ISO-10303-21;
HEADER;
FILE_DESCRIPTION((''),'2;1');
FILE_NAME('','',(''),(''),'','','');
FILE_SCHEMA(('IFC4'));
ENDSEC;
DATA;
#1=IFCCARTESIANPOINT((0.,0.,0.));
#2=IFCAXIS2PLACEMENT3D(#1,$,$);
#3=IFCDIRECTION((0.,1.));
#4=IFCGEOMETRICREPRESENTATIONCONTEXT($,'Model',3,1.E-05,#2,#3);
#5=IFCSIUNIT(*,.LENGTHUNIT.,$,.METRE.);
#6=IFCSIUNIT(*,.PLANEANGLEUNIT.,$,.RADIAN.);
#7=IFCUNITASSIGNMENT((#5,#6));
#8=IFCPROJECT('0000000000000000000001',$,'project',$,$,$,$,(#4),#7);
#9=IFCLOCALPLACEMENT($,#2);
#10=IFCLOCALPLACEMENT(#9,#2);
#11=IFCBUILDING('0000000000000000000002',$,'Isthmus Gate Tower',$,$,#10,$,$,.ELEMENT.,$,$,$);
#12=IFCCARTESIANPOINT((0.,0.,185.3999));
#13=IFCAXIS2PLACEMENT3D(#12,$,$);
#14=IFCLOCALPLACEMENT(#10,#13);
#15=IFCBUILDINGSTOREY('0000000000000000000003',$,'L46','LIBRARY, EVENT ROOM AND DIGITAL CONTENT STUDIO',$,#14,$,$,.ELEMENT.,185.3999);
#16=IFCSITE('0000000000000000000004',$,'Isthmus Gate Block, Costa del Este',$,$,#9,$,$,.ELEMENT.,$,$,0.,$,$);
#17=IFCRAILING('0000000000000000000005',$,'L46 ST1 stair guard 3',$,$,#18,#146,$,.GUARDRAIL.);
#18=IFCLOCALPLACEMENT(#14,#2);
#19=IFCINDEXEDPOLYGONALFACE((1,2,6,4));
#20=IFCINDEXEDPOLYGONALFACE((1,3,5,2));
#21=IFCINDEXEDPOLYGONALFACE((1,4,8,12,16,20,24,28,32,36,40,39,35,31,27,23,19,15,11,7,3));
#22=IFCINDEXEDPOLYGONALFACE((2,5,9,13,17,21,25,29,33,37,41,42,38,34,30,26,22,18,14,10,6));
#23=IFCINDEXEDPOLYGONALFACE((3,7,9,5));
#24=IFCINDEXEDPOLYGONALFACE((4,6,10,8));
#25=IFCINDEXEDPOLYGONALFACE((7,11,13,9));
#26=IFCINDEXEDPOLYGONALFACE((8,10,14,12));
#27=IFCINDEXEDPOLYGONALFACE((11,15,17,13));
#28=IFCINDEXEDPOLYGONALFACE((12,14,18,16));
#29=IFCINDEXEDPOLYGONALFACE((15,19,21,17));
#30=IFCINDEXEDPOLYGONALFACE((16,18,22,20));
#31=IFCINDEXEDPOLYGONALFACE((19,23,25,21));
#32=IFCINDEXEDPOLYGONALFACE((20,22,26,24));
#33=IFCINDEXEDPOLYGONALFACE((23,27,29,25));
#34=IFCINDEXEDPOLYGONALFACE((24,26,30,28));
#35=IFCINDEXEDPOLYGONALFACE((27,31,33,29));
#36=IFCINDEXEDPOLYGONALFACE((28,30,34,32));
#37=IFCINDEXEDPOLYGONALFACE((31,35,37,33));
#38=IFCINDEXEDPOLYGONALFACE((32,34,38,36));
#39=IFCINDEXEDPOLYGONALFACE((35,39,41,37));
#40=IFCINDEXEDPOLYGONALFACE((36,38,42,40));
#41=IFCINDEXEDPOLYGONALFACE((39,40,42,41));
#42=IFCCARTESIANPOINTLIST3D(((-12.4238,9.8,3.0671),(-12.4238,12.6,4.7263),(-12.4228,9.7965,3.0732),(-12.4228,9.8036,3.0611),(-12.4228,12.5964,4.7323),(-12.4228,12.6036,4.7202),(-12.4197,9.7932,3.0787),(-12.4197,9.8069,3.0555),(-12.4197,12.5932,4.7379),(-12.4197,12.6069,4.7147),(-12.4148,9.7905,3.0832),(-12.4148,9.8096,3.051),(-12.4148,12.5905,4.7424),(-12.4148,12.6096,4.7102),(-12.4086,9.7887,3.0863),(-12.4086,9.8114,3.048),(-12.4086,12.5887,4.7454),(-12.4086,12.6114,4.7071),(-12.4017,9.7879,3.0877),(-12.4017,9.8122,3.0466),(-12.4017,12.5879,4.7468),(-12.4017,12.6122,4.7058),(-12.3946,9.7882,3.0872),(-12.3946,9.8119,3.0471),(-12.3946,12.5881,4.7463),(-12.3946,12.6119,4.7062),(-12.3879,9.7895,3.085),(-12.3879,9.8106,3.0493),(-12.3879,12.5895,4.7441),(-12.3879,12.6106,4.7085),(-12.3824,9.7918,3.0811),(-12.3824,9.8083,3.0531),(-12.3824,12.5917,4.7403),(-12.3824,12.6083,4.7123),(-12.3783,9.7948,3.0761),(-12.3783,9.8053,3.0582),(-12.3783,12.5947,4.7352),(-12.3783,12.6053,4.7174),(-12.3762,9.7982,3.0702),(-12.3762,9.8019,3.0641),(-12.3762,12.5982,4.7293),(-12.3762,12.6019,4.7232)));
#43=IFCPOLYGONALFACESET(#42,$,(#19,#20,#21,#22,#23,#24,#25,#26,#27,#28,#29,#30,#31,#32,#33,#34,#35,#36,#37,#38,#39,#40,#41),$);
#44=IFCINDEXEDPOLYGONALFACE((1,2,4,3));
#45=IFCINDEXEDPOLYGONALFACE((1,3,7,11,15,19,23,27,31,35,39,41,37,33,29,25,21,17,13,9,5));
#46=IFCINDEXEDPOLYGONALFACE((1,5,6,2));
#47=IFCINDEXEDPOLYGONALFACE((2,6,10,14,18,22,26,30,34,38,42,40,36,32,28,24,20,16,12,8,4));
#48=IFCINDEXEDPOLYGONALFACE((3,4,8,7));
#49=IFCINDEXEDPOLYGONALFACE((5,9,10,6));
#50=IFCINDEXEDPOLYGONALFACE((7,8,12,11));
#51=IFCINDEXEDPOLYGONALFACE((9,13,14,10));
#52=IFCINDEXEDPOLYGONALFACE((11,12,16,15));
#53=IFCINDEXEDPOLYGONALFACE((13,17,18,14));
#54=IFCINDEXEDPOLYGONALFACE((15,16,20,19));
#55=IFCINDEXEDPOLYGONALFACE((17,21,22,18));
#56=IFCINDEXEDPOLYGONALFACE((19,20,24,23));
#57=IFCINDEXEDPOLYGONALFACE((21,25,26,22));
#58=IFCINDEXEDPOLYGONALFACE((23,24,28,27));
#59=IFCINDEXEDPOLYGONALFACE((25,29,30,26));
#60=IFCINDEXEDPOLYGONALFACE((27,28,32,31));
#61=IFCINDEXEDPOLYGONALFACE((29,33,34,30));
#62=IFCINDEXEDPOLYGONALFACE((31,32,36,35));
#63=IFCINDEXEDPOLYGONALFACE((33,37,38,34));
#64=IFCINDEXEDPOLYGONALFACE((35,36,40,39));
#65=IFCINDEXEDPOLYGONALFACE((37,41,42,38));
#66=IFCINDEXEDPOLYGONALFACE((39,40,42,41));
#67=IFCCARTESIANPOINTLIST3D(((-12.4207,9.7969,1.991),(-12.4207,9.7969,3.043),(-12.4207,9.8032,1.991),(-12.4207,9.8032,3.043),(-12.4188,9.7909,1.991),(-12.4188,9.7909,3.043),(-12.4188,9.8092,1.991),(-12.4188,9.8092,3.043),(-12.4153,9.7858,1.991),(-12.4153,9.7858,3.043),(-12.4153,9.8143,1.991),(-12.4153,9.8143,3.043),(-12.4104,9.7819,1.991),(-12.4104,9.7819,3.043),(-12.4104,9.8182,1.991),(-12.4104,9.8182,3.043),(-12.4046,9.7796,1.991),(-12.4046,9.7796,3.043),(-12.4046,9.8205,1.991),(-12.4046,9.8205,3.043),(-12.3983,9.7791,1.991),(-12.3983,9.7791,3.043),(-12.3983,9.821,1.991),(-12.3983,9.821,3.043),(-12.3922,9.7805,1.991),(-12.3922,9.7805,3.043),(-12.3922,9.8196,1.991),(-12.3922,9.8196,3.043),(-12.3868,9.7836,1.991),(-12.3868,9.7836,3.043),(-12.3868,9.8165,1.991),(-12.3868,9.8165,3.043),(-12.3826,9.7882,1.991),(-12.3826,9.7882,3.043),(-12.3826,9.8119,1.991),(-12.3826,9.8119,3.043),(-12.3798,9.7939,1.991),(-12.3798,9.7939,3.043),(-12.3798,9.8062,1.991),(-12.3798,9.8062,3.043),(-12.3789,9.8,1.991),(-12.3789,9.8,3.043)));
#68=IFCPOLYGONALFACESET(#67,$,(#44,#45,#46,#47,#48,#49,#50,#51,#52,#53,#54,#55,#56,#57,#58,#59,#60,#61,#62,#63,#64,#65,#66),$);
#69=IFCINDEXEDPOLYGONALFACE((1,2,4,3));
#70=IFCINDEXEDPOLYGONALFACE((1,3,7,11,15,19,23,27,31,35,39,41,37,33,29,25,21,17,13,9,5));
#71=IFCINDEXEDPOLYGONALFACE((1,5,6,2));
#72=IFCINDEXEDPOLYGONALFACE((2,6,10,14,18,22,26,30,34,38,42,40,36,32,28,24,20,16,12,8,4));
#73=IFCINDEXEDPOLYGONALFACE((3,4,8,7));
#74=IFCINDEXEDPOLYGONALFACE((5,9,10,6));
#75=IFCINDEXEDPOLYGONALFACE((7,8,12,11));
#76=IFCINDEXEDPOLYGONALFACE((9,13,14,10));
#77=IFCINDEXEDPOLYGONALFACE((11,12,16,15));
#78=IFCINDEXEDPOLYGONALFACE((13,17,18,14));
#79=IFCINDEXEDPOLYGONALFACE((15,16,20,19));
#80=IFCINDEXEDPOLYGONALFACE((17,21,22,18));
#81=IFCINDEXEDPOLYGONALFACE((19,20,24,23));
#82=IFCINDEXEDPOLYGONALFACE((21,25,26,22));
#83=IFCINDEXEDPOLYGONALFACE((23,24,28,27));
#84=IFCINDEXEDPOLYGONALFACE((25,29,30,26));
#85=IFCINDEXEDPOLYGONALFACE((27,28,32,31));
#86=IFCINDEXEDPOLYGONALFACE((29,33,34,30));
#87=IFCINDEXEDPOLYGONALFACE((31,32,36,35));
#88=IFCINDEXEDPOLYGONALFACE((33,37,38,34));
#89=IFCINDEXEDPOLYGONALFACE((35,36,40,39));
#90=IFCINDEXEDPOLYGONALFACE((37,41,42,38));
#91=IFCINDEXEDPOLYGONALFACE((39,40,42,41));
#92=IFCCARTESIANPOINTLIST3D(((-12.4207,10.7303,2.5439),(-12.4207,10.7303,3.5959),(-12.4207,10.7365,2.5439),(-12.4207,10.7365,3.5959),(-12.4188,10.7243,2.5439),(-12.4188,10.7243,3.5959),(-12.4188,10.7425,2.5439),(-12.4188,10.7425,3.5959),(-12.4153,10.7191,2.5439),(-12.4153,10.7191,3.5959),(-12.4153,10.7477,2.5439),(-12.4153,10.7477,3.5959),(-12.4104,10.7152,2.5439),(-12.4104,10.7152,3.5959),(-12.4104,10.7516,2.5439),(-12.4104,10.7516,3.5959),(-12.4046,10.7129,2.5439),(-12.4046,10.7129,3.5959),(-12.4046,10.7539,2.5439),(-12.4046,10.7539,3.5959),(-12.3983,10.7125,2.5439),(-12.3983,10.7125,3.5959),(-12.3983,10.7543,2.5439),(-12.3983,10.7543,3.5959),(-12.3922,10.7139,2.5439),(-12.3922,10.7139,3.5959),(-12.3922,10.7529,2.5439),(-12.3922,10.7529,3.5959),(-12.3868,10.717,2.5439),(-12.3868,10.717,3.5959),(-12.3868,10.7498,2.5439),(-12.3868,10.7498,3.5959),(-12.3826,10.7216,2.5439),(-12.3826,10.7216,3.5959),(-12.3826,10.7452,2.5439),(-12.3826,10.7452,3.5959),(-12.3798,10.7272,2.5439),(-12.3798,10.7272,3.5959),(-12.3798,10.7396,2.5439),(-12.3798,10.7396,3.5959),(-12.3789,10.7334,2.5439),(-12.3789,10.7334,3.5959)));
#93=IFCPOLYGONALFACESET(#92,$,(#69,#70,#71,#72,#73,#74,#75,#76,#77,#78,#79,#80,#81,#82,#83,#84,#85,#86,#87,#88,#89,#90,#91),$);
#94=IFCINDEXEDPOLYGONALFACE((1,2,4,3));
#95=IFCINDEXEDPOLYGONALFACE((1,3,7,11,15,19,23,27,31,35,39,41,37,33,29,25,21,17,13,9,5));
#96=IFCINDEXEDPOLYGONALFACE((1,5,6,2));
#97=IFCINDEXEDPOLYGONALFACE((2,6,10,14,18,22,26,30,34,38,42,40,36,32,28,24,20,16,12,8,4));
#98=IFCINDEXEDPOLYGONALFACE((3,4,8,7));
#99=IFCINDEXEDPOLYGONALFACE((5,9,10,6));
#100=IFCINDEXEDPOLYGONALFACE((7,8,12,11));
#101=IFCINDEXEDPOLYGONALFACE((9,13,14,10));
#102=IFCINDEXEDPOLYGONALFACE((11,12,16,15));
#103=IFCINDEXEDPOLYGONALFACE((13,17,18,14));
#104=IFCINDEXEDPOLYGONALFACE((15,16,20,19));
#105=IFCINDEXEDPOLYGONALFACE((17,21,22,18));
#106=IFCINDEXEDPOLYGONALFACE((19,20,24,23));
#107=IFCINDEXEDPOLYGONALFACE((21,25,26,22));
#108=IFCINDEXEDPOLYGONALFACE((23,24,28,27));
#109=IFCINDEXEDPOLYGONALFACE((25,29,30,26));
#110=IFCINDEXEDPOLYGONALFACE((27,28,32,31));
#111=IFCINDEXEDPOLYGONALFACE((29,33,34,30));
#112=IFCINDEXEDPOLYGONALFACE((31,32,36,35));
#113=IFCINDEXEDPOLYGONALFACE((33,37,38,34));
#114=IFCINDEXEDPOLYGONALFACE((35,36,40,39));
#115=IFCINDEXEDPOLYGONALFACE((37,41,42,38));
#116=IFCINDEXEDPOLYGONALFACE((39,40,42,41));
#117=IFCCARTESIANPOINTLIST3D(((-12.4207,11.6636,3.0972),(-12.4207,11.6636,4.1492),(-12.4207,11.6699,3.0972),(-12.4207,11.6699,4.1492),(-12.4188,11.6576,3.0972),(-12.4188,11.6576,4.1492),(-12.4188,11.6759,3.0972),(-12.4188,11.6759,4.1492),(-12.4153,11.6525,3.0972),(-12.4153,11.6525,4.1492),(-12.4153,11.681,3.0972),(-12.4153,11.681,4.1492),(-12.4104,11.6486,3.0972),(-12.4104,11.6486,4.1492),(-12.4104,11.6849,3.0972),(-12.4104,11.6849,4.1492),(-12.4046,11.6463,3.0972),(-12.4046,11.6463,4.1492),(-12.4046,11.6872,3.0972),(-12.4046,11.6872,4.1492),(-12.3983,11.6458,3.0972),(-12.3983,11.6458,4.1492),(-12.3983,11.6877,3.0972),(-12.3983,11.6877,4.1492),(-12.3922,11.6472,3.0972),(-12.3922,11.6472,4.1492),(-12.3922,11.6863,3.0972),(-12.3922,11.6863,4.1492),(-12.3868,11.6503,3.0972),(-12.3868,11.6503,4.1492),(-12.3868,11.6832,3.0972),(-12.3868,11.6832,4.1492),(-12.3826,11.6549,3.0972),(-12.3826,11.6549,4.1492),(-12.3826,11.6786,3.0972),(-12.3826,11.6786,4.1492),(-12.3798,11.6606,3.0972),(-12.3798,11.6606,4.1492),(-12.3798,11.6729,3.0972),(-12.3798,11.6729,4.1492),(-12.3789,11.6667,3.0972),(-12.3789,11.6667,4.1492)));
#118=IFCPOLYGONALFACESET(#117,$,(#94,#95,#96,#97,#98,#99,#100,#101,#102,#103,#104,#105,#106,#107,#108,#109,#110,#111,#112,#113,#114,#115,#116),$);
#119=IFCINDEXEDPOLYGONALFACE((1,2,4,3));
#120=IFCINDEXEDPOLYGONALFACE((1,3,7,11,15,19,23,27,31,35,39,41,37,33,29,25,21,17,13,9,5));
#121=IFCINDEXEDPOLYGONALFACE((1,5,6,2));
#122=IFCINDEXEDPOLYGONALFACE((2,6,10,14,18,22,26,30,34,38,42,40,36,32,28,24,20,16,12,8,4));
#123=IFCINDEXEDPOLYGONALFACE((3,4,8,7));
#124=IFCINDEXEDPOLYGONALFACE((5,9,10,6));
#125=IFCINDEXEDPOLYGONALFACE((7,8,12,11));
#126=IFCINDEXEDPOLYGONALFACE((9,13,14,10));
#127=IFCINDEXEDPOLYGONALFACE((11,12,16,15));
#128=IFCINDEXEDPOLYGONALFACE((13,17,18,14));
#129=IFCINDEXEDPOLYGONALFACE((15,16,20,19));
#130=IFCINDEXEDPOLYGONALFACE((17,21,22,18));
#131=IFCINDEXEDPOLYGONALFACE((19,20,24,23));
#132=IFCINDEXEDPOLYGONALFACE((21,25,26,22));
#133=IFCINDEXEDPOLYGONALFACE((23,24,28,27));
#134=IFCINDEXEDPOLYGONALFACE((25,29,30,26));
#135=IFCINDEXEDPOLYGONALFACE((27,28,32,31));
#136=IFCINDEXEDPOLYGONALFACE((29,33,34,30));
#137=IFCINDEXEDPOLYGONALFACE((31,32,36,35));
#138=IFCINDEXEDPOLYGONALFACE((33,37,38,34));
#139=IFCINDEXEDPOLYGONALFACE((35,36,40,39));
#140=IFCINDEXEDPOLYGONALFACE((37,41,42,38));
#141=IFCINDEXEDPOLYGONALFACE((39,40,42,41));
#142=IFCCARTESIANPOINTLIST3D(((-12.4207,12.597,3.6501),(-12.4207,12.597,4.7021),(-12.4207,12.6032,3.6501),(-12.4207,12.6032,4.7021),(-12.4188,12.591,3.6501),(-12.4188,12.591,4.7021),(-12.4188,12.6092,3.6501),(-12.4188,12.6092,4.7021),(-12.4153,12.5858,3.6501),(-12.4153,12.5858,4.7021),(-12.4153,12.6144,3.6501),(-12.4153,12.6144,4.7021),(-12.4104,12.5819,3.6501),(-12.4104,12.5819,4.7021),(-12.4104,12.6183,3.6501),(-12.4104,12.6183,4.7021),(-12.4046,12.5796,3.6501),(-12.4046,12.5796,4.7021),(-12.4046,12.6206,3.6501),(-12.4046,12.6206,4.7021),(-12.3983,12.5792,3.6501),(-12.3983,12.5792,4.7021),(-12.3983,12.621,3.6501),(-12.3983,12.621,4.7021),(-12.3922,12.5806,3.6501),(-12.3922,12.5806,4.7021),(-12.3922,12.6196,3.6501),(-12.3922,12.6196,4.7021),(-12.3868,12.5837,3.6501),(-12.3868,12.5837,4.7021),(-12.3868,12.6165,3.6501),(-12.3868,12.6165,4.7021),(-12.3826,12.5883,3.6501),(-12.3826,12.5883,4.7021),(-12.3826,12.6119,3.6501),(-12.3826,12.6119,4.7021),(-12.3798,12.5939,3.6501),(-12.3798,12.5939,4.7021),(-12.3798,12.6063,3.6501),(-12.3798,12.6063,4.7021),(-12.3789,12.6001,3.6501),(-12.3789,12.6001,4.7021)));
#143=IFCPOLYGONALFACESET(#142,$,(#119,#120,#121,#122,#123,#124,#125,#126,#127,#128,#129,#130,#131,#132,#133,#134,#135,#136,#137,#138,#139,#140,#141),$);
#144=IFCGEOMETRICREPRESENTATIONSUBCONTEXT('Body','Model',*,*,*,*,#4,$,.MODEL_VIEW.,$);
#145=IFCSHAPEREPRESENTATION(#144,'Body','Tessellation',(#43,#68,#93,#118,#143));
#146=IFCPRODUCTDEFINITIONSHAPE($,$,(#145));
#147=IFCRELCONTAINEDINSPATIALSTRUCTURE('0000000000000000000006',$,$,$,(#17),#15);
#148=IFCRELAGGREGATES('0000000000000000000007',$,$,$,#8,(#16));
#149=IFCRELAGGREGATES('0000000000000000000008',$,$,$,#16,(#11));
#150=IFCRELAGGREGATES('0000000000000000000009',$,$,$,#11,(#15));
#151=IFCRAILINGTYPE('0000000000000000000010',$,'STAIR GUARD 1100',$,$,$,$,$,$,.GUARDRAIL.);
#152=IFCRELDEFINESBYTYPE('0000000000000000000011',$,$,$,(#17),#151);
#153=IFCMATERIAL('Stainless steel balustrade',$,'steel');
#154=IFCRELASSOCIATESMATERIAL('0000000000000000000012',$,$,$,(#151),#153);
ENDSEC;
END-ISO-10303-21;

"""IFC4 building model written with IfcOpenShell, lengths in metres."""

from ifc_helpers import new_model, si_unit, direction, frame, origin, origin_2d, place, context, subcontext, project, spatial, circle, extrude, material, type_object, element, save


model = new_model("IFC4")

# Units and contexts
model_context = context("Model", 3, precision=1e-05, world=origin(), true_north=direction((0.0, 1.0)))
body_context = subcontext(model_context, "Body", "Model", "MODEL_VIEW")
ifc_project = project(units=[si_unit("LENGTHUNIT", "METRE"), si_unit("PLANEANGLEUNIT", "RADIAN")], contexts=[model_context])

# Site, building, storey
site_placement = place(None, origin())
site = spatial("IfcSite", under=ifc_project, at=site_placement, Name="Isthmus Gate Block, Costa del Este", CompositionType="ELEMENT", RefElevation=0.0)
building_placement = place(site_placement, origin())
building = spatial("IfcBuilding", under=site, at=building_placement, Name="Isthmus Gate Tower", CompositionType="ELEMENT")
storey_placement = place(building_placement, frame((0.0, 0.0, 185.3999)))
storey = spatial("IfcBuildingStorey", under=building, at=storey_placement, Name="L46", Description="LIBRARY, EVENT ROOM AND DIGITAL CONTENT STUDIO", CompositionType="ELEMENT", Elevation=185.3999)

# Railing
ifc_material_1 = material(Name="Stainless steel balustrade", Category="steel")
railing_type_1 = type_object("IfcRailingType", Name="STAIR GUARD 1100", PredefinedType="GUARDRAIL", material=ifc_material_1)
railing_1_placement = place(storey_placement, frame((-12.3999, 9.8, 1.991)))
element("IfcRailing", 1, at=railing_1_placement, inside=storey, type_object=railing_type_1, Name="L46 ST1 stair guard 3", PredefinedType="GUARDRAIL", context=body_context, shape_type="SweptSolid", body=[
    extrude(circle(Radius=0.0239, at=origin_2d()), frame((0.0, 0.0, 1.0762), z_axis=(0.0, 0.860306, 0.509778), x_axis=(-1.0, 0.0, 0.0)), (0.0, 0.0, 1.0), 3.2546),
    extrude(circle(Radius=0.021, at=origin_2d()), origin(), (0.0, 0.0, 1.0), 1.052),
    extrude(circle(Radius=0.021, at=origin_2d()), frame((0.0, 0.9333, 0.553)), (0.0, 0.0, 1.0), 1.052),
    extrude(circle(Radius=0.021, at=origin_2d()), frame((0.0, 1.8667, 1.1062)), (0.0, 0.0, 1.0), 1.052),
    extrude(circle(Radius=0.021, at=origin_2d()), frame((0.0, 2.8, 1.6592)), (0.0, 0.0, 1.0), 1.052),
])

save(model, "model.ifc")
